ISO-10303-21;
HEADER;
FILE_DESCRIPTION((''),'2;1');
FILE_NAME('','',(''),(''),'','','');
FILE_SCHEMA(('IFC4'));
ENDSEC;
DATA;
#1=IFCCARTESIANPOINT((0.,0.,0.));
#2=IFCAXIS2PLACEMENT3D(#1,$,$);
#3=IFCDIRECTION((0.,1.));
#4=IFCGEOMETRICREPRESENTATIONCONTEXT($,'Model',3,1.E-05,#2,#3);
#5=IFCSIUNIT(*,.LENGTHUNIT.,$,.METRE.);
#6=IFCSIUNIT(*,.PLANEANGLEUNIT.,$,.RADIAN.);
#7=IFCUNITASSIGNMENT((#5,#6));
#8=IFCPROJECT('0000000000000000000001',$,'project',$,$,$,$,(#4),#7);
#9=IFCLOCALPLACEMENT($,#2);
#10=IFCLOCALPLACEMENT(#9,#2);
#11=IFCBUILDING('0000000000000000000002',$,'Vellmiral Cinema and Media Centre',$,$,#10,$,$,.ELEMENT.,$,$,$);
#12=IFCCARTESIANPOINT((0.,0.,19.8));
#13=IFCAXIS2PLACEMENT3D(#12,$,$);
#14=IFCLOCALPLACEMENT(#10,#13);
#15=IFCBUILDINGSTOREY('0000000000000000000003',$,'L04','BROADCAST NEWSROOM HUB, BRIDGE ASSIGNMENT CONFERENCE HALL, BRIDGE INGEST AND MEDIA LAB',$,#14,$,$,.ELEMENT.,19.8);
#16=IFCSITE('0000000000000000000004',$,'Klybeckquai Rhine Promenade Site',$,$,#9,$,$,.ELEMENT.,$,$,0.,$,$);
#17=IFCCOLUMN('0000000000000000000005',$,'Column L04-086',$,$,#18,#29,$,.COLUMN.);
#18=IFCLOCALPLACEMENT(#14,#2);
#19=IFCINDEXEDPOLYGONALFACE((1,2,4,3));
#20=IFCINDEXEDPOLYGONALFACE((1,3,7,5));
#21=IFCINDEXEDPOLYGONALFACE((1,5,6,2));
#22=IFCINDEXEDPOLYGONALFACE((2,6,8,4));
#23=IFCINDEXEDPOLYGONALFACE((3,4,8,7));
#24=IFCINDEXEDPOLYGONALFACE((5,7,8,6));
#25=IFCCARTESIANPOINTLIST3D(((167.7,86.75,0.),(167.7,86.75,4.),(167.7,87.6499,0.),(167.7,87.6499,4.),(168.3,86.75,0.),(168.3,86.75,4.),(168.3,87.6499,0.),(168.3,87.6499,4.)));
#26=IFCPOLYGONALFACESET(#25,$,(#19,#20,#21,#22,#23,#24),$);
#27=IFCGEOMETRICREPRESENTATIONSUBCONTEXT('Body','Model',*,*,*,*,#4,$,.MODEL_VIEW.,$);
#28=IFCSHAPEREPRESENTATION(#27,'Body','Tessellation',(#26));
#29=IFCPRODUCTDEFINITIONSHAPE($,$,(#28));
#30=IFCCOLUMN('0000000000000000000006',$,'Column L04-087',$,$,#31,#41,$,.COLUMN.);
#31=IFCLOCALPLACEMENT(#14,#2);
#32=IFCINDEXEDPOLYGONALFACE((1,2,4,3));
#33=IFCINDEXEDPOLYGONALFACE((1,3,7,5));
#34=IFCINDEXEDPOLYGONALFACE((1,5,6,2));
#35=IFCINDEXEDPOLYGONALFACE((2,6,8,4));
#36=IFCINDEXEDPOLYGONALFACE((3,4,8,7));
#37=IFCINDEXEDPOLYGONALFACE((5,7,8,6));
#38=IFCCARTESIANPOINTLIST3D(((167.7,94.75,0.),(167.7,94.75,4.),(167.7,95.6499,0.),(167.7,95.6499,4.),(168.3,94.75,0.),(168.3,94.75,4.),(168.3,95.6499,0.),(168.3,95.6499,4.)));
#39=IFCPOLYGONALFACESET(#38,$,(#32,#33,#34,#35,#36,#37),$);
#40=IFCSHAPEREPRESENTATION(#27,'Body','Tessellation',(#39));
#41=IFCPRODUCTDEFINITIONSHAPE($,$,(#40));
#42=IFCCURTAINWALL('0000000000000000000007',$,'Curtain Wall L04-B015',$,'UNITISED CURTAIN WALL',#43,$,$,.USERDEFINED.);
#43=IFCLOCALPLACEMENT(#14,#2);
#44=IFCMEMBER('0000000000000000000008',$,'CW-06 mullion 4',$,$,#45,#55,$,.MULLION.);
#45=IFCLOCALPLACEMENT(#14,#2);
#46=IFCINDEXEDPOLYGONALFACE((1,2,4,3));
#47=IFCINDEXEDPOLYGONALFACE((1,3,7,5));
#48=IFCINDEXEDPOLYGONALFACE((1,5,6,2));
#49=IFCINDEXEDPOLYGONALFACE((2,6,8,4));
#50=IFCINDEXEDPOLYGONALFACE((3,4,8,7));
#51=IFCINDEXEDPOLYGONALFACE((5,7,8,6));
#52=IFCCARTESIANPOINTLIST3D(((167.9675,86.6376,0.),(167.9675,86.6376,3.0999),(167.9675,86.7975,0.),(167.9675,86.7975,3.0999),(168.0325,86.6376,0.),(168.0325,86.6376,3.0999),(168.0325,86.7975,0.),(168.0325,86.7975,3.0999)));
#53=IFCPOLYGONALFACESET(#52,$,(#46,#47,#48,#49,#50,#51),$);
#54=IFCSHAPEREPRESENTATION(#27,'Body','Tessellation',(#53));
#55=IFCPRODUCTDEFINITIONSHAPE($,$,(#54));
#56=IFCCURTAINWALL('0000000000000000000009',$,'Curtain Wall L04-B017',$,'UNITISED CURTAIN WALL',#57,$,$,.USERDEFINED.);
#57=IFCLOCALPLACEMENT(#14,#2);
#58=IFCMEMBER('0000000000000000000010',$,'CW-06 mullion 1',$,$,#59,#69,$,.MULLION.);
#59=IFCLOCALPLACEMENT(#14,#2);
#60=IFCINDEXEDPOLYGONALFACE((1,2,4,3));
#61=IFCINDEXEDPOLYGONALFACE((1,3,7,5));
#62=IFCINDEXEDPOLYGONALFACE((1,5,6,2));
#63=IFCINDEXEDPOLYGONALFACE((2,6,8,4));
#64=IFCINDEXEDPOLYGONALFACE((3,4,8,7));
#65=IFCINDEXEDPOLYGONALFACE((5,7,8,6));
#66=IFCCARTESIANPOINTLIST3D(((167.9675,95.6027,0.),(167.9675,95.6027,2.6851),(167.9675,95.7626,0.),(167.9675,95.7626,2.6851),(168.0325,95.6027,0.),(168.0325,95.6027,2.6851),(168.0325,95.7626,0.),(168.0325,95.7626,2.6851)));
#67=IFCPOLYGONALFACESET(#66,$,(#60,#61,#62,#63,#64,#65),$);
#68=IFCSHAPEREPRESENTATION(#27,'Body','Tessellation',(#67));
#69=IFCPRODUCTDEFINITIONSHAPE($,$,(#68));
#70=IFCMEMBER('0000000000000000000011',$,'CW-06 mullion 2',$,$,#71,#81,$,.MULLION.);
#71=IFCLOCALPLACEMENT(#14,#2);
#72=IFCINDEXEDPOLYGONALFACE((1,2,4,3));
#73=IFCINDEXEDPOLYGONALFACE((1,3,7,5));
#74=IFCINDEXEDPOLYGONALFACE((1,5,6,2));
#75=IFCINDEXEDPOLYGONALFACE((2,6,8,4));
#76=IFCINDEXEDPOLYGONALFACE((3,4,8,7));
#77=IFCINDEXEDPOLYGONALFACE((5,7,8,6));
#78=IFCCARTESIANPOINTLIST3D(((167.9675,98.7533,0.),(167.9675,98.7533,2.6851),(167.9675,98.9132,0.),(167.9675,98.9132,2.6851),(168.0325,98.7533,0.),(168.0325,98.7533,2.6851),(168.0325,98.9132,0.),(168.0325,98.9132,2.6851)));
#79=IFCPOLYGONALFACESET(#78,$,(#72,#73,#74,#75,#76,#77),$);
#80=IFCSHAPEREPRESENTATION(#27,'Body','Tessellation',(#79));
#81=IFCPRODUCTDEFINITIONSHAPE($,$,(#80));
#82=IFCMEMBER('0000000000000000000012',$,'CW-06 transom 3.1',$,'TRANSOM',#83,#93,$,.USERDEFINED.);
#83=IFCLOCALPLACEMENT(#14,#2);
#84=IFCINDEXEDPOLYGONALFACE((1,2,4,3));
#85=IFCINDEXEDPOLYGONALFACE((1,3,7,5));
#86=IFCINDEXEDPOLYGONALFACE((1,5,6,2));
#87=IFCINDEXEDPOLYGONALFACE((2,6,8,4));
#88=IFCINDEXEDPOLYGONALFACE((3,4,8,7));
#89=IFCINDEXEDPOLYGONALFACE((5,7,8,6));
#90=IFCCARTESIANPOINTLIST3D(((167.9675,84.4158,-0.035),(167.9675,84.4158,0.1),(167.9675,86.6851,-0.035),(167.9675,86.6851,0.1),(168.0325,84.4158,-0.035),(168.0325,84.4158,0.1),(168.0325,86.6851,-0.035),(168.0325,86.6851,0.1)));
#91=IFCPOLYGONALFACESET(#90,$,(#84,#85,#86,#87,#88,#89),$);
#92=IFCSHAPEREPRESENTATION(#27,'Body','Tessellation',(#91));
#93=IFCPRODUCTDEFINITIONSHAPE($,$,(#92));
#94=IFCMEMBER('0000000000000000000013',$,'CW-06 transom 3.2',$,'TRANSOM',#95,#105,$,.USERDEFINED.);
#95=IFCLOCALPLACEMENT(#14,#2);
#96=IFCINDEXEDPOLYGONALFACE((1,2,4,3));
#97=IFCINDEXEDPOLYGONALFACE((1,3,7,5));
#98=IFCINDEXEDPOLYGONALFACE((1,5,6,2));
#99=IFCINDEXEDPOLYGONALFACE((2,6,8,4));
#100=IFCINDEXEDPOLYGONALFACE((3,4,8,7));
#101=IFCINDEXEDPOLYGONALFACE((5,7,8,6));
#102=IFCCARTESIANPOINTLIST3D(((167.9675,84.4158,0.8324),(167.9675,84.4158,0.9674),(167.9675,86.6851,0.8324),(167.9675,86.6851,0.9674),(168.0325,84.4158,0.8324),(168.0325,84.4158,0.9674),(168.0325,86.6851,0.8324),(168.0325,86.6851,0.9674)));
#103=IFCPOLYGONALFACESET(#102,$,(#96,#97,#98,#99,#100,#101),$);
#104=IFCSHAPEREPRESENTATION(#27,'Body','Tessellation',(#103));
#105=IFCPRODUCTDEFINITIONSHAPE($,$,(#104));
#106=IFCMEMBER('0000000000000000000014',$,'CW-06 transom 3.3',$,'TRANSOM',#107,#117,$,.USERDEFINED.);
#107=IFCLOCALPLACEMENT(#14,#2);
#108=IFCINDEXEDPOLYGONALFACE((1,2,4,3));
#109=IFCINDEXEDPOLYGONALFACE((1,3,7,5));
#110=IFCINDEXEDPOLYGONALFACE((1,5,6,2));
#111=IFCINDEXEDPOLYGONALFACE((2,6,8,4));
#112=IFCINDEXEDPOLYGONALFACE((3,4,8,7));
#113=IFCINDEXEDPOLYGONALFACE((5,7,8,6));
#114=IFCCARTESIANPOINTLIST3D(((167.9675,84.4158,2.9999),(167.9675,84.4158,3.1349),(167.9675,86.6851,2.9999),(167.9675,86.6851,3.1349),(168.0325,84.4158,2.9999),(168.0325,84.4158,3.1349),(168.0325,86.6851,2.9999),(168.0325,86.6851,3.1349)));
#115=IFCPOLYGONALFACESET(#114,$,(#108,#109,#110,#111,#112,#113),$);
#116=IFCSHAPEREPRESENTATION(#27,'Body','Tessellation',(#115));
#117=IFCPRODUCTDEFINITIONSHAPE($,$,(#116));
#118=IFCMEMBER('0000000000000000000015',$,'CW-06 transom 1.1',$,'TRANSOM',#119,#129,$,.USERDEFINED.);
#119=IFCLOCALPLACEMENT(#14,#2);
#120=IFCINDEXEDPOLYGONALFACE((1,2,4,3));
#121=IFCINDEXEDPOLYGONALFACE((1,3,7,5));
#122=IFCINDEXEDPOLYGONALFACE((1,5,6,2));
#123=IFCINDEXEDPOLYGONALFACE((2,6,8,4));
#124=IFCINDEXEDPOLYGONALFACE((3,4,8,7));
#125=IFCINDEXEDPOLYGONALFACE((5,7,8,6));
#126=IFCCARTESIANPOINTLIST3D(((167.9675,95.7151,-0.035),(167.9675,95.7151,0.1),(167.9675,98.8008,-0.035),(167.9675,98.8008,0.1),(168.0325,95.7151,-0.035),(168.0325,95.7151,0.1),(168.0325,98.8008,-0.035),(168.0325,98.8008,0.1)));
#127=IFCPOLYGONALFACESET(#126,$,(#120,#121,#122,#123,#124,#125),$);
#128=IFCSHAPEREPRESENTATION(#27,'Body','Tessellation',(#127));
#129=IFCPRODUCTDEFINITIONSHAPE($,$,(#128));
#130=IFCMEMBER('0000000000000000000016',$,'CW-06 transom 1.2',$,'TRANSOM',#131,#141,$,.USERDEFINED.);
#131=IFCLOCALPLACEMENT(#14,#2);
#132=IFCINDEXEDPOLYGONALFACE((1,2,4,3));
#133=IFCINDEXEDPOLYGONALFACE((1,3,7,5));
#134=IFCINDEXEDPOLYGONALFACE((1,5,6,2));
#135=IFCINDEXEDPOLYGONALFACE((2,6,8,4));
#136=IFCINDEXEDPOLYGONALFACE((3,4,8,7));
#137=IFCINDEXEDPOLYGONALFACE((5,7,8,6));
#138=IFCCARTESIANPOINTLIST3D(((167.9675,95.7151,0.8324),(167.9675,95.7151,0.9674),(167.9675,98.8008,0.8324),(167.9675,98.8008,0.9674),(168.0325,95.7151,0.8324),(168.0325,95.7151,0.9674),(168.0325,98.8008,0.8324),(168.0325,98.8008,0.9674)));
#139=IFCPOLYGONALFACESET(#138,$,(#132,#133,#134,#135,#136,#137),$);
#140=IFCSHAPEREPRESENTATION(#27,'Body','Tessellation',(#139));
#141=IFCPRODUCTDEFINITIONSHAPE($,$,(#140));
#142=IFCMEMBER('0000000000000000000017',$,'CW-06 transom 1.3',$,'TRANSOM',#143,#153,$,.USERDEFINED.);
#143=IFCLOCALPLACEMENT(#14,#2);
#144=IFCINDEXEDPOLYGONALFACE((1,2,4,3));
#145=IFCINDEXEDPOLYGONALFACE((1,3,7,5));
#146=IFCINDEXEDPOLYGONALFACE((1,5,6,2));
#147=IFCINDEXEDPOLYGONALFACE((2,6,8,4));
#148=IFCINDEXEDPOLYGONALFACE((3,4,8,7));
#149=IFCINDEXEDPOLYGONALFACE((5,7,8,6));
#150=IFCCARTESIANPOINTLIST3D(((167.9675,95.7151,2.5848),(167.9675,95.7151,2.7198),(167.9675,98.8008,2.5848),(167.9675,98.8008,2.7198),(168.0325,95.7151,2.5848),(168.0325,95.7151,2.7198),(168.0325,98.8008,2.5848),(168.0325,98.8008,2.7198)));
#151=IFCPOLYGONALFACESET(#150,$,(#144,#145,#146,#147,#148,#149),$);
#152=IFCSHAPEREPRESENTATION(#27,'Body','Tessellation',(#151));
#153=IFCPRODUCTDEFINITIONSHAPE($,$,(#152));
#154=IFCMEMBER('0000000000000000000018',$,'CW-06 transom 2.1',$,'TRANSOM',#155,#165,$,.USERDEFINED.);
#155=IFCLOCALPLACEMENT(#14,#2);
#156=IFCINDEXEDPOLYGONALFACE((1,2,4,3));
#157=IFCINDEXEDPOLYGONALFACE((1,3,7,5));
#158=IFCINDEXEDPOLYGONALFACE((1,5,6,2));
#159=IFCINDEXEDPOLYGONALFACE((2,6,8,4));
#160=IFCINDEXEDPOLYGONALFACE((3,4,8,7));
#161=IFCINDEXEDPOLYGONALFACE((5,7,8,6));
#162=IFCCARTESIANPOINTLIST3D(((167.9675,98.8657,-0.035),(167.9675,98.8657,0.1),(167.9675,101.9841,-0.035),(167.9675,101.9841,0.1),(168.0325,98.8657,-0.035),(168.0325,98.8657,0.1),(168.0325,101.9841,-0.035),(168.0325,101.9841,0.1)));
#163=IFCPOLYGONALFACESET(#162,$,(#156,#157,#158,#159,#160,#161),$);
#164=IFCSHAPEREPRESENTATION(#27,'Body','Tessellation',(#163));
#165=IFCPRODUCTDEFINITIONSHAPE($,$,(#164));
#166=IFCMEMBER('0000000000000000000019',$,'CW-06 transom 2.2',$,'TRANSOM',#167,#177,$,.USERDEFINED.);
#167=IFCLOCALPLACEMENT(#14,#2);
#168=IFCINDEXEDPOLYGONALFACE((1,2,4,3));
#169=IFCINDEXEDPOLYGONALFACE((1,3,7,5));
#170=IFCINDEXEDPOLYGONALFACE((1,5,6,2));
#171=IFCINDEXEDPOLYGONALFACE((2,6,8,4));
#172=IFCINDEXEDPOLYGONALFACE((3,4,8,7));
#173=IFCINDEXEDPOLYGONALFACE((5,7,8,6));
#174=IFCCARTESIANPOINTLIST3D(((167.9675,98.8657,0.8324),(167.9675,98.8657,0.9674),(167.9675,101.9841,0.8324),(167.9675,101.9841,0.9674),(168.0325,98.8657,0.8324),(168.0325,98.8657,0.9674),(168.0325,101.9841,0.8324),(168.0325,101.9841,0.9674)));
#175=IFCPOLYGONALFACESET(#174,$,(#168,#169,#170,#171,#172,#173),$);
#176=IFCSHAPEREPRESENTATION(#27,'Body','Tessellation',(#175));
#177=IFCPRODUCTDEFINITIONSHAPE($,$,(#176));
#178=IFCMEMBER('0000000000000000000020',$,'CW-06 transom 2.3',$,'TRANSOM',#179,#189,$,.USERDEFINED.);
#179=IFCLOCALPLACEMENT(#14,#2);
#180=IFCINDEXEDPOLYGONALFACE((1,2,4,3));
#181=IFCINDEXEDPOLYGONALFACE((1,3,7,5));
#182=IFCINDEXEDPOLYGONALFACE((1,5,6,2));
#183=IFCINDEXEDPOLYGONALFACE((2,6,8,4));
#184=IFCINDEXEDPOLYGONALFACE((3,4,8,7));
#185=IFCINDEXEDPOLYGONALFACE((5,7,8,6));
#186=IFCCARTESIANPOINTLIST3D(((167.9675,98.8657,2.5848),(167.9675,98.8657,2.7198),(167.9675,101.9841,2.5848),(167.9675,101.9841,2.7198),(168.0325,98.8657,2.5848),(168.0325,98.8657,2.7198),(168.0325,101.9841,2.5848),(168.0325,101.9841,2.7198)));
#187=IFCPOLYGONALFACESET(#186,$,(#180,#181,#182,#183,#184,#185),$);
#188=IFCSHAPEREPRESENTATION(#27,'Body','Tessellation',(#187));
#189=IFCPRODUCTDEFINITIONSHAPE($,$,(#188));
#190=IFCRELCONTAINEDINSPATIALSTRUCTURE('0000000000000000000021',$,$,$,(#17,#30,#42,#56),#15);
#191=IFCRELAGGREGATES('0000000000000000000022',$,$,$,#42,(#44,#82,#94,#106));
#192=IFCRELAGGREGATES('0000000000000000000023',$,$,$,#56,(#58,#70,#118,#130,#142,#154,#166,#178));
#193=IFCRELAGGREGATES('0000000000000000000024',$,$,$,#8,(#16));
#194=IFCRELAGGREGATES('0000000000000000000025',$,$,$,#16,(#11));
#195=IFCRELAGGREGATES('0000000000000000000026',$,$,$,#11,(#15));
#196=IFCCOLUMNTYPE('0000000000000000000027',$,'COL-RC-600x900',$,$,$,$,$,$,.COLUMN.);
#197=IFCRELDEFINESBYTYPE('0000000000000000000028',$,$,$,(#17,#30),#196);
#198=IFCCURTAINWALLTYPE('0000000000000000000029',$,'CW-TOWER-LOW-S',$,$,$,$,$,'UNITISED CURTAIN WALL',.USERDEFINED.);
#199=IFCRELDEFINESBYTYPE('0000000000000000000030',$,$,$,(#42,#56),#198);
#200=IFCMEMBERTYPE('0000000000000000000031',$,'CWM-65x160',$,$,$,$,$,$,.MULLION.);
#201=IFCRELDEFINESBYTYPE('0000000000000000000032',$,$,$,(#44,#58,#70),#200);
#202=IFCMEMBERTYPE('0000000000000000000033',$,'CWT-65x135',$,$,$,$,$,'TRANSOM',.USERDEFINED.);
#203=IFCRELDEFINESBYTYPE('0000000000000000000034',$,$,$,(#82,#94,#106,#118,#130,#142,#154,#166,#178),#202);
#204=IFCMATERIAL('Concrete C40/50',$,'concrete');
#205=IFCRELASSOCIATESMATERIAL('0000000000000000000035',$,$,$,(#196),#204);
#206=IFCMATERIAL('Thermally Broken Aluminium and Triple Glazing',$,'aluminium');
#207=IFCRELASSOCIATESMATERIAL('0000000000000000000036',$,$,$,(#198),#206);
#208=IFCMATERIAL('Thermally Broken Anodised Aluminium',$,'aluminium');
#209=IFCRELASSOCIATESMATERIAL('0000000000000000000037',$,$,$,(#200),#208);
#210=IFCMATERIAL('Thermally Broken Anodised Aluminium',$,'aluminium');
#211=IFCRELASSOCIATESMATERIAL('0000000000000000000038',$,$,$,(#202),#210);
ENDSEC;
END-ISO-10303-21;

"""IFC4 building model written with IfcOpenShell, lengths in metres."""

from ifc_helpers import new_model, si_unit, direction, frame, origin, origin_2d, place, context, subcontext, project, spatial, rectangle, extrude, material, material_profile, profile_set, type_object, element, aggregate, save


model = new_model("IFC4")

# Units and contexts
model_context = context("Model", 3, precision=1e-05, world=origin(), true_north=direction((0.0, 1.0)))
body_context = subcontext(model_context, "Body", "Model", "MODEL_VIEW")
ifc_project = project(units=[si_unit("LENGTHUNIT", "METRE"), si_unit("PLANEANGLEUNIT", "RADIAN")], contexts=[model_context])

# Site, building, storey
site_placement = place(None, origin())
site = spatial("IfcSite", under=ifc_project, at=site_placement, Name="Klybeckquai Rhine Promenade Site", CompositionType="ELEMENT", RefElevation=0.0)
building_placement = place(site_placement, origin())
building = spatial("IfcBuilding", under=site, at=building_placement, Name="Vellmiral Cinema and Media Centre", CompositionType="ELEMENT")
storey_placement = place(building_placement, frame((0.0, 0.0, 19.8)))
storey = spatial("IfcBuildingStorey", under=building, at=storey_placement, Name="L04", Description="BROADCAST NEWSROOM HUB, BRIDGE ASSIGNMENT CONFERENCE HALL, BRIDGE INGEST AND MEDIA LAB", CompositionType="ELEMENT", Elevation=19.8)

# Columns
ifc_material_1 = material(Name="Concrete C40/50", Category="concrete")
ifc_material_profile_1 = material_profile(ifc_material_1, rectangle(XDim=0.6001, YDim=0.8999, at=origin_2d()), Name="RC 600x900")
ifc_profile_set_1 = profile_set([ifc_material_profile_1], Name="Concrete C40/50")
column_type = type_object("IfcColumnType", Name="COL-RC-600x900", PredefinedType="COLUMN", material=ifc_profile_set_1)
for number, where, z_axis, x_axis, name in (
    (1, (168.0, 87.2, 0.0), (0.0, 0.0, 1.0), (1.0, 0.0, 0.0), "Column L04-086"),
    (2, (168.0, 95.2, 0.0), (0.0, 0.0, 1.0), (1.0, 0.0, 0.0), "Column L04-087"),
):
    element("IfcColumn", number, at=place(storey_placement, frame(where, z_axis=z_axis, x_axis=x_axis)), inside=storey, type_object=column_type, Name=name, PredefinedType="COLUMN", context=body_context, shape_type="SweptSolid", body=[
        extrude(rectangle(XDim=0.6001, YDim=0.8999, at=origin_2d()), origin(), (0.0, 0.0, 1.0), 4.0),
    ])

# Curtain wall, member
ifc_material_2 = material(Name="Thermally Broken Aluminium and Triple Glazing", Category="aluminium")
curtain_wall_type = type_object("IfcCurtainWallType", Name="CW-TOWER-LOW-S", ElementType="UNITISED CURTAIN WALL", PredefinedType="USERDEFINED", material=ifc_material_2)
curtain_wall_1_placement = place(storey_placement, origin())
curtain_wall_1 = element("IfcCurtainWall", 3, at=curtain_wall_1_placement, inside=storey, type_object=curtain_wall_type, Name="Curtain Wall L04-B015", ObjectType="UNITISED CURTAIN WALL", PredefinedType="USERDEFINED")
ifc_material_3 = material(Name="Thermally Broken Anodised Aluminium", Category="aluminium")
ifc_material_profile_2 = material_profile(ifc_material_3, rectangle(XDim=0.0649, YDim=0.1599, at=origin_2d()), Name="MULL 65x160")
ifc_profile_set_2 = profile_set([ifc_material_profile_2], Name="Thermally Broken Anodised Aluminium")
member_type_1 = type_object("IfcMemberType", Name="CWM-65x160", PredefinedType="MULLION", material=ifc_profile_set_2)
member_1_placement = place(storey_placement, frame((168.0, 86.7175, 0.0), z_axis=(0.0, 0.0, 1.0), x_axis=(-1.0, 0.0, 0.0)))
member_1 = element("IfcMember", 4, at=member_1_placement, type_object=member_type_1, Name="CW-06 mullion 4", PredefinedType="MULLION", context=body_context, shape_type="SweptSolid", body=[
    extrude(rectangle(XDim=0.0649, YDim=0.1599, at=origin_2d()), origin(), (0.0, 0.0, 1.0), 3.0999),
])

# Curtain wall, members
curtain_wall_2_placement = place(storey_placement, origin())
curtain_wall_2 = element("IfcCurtainWall", 5, at=curtain_wall_2_placement, inside=storey, type_object=curtain_wall_type, Name="Curtain Wall L04-B017", ObjectType="UNITISED CURTAIN WALL", PredefinedType="USERDEFINED")
member_2_placement = place(storey_placement, frame((168.0, 95.6826, 0.0), z_axis=(0.0, 0.0, 1.0), x_axis=(-1.0, 0.0, 0.0)))
member_2 = element("IfcMember", 6, at=member_2_placement, type_object=member_type_1, Name="CW-06 mullion 1", PredefinedType="MULLION", context=body_context, shape_type="SweptSolid", body=[
    extrude(rectangle(XDim=0.0649, YDim=0.1599, at=origin_2d()), origin(), (0.0, 0.0, 1.0), 2.6851),
])
member_3_placement = place(storey_placement, frame((168.0, 98.8333, 0.0), z_axis=(0.0, 0.0, 1.0), x_axis=(-1.0, 0.0, 0.0)))
member_3 = element("IfcMember", 7, at=member_3_placement, type_object=member_type_1, Name="CW-06 mullion 2", PredefinedType="MULLION", context=body_context, shape_type="SweptSolid", body=[
    extrude(rectangle(XDim=0.0649, YDim=0.1599, at=origin_2d()), origin(), (0.0, 0.0, 1.0), 2.6851),
])

# Members
ifc_material_4 = material(Name="Thermally Broken Anodised Aluminium", Category="aluminium")
ifc_material_profile_3 = material_profile(ifc_material_4, rectangle(XDim=0.0649, YDim=0.135, at=origin_2d()), Name="MULL 65x135")
ifc_profile_set_3 = profile_set([ifc_material_profile_3], Name="Thermally Broken Anodised Aluminium")
member_type_2 = type_object("IfcMemberType", Name="CWT-65x135", ElementType="TRANSOM", PredefinedType="USERDEFINED", material=ifc_profile_set_3)
member_4_placement = place(storey_placement, frame((168.0, 84.4158, 0.0325), z_axis=(0.0, 1.0, 0.0), x_axis=(-1.0, 0.0, 0.0)))
member_4 = element("IfcMember", 8, at=member_4_placement, type_object=member_type_2, Name="CW-06 transom 3.1", ObjectType="TRANSOM", PredefinedType="USERDEFINED", context=body_context, shape_type="SweptSolid", body=[
    extrude(rectangle(XDim=0.0649, YDim=0.135, at=origin_2d()), origin(), (0.0, 0.0, 1.0), 2.2693),
])
member_5_placement = place(storey_placement, frame((168.0, 84.4158, 0.8999), z_axis=(0.0, 1.0, 0.0), x_axis=(-1.0, 0.0, 0.0)))
member_5 = element("IfcMember", 9, at=member_5_placement, type_object=member_type_2, Name="CW-06 transom 3.2", ObjectType="TRANSOM", PredefinedType="USERDEFINED", context=body_context, shape_type="SweptSolid", body=[
    extrude(rectangle(XDim=0.0649, YDim=0.135, at=origin_2d()), origin(), (0.0, 0.0, 1.0), 2.2693),
])
member_6_placement = place(storey_placement, frame((168.0, 84.4158, 3.0674), z_axis=(0.0, 1.0, 0.0), x_axis=(-1.0, 0.0, 0.0)))
member_6 = element("IfcMember", 10, at=member_6_placement, type_object=member_type_2, Name="CW-06 transom 3.3", ObjectType="TRANSOM", PredefinedType="USERDEFINED", context=body_context, shape_type="SweptSolid", body=[
    extrude(rectangle(XDim=0.0649, YDim=0.135, at=origin_2d()), origin(), (0.0, 0.0, 1.0), 2.2693),
])
member_7_placement = place(storey_placement, frame((168.0, 95.7151, 0.0325), z_axis=(0.0, 1.0, 0.0), x_axis=(-1.0, 0.0, 0.0)))
member_7 = element("IfcMember", 11, at=member_7_placement, type_object=member_type_2, Name="CW-06 transom 1.1", ObjectType="TRANSOM", PredefinedType="USERDEFINED", context=body_context, shape_type="SweptSolid", body=[
    extrude(rectangle(XDim=0.0649, YDim=0.135, at=origin_2d()), origin(), (0.0, 0.0, 1.0), 3.0857),
])
member_8_placement = place(storey_placement, frame((168.0, 95.7151, 0.8999), z_axis=(0.0, 1.0, 0.0), x_axis=(-1.0, 0.0, 0.0)))
member_8 = element("IfcMember", 12, at=member_8_placement, type_object=member_type_2, Name="CW-06 transom 1.2", ObjectType="TRANSOM", PredefinedType="USERDEFINED", context=body_context, shape_type="SweptSolid", body=[
    extrude(rectangle(XDim=0.0649, YDim=0.135, at=origin_2d()), origin(), (0.0, 0.0, 1.0), 3.0857),
])
member_9_placement = place(storey_placement, frame((168.0, 95.7151, 2.6523), z_axis=(0.0, 1.0, 0.0), x_axis=(-1.0, 0.0, 0.0)))
member_9 = element("IfcMember", 13, at=member_9_placement, type_object=member_type_2, Name="CW-06 transom 1.3", ObjectType="TRANSOM", PredefinedType="USERDEFINED", context=body_context, shape_type="SweptSolid", body=[
    extrude(rectangle(XDim=0.0649, YDim=0.135, at=origin_2d()), origin(), (0.0, 0.0, 1.0), 3.0857),
])
member_10_placement = place(storey_placement, frame((168.0, 98.8657, 0.0325), z_axis=(0.0, 1.0, 0.0), x_axis=(-1.0, 0.0, 0.0)))
member_10 = element("IfcMember", 14, at=member_10_placement, type_object=member_type_2, Name="CW-06 transom 2.1", ObjectType="TRANSOM", PredefinedType="USERDEFINED", context=body_context, shape_type="SweptSolid", body=[
    extrude(rectangle(XDim=0.0649, YDim=0.135, at=origin_2d()), origin(), (0.0, 0.0, 1.0), 3.1184),
])
member_11_placement = place(storey_placement, frame((168.0, 98.8657, 0.8999), z_axis=(0.0, 1.0, 0.0), x_axis=(-1.0, 0.0, 0.0)))
member_11 = element("IfcMember", 15, at=member_11_placement, type_object=member_type_2, Name="CW-06 transom 2.2", ObjectType="TRANSOM", PredefinedType="USERDEFINED", context=body_context, shape_type="SweptSolid", body=[
    extrude(rectangle(XDim=0.0649, YDim=0.135, at=origin_2d()), origin(), (0.0, 0.0, 1.0), 3.1184),
])
member_12_placement = place(storey_placement, frame((168.0, 98.8657, 2.6523), z_axis=(0.0, 1.0, 0.0), x_axis=(-1.0, 0.0, 0.0)))
member_12 = element("IfcMember", 16, at=member_12_placement, type_object=member_type_2, Name="CW-06 transom 2.3", ObjectType="TRANSOM", PredefinedType="USERDEFINED", context=body_context, shape_type="SweptSolid", body=[
    extrude(rectangle(XDim=0.0649, YDim=0.135, at=origin_2d()), origin(), (0.0, 0.0, 1.0), 3.1184),
])

aggregate(curtain_wall_1, [member_1, member_4, member_5, member_6])
aggregate(curtain_wall_2, [member_2, member_3, member_7, member_8, member_9, member_10, member_11, member_12])

save(model, "model.ifc")
